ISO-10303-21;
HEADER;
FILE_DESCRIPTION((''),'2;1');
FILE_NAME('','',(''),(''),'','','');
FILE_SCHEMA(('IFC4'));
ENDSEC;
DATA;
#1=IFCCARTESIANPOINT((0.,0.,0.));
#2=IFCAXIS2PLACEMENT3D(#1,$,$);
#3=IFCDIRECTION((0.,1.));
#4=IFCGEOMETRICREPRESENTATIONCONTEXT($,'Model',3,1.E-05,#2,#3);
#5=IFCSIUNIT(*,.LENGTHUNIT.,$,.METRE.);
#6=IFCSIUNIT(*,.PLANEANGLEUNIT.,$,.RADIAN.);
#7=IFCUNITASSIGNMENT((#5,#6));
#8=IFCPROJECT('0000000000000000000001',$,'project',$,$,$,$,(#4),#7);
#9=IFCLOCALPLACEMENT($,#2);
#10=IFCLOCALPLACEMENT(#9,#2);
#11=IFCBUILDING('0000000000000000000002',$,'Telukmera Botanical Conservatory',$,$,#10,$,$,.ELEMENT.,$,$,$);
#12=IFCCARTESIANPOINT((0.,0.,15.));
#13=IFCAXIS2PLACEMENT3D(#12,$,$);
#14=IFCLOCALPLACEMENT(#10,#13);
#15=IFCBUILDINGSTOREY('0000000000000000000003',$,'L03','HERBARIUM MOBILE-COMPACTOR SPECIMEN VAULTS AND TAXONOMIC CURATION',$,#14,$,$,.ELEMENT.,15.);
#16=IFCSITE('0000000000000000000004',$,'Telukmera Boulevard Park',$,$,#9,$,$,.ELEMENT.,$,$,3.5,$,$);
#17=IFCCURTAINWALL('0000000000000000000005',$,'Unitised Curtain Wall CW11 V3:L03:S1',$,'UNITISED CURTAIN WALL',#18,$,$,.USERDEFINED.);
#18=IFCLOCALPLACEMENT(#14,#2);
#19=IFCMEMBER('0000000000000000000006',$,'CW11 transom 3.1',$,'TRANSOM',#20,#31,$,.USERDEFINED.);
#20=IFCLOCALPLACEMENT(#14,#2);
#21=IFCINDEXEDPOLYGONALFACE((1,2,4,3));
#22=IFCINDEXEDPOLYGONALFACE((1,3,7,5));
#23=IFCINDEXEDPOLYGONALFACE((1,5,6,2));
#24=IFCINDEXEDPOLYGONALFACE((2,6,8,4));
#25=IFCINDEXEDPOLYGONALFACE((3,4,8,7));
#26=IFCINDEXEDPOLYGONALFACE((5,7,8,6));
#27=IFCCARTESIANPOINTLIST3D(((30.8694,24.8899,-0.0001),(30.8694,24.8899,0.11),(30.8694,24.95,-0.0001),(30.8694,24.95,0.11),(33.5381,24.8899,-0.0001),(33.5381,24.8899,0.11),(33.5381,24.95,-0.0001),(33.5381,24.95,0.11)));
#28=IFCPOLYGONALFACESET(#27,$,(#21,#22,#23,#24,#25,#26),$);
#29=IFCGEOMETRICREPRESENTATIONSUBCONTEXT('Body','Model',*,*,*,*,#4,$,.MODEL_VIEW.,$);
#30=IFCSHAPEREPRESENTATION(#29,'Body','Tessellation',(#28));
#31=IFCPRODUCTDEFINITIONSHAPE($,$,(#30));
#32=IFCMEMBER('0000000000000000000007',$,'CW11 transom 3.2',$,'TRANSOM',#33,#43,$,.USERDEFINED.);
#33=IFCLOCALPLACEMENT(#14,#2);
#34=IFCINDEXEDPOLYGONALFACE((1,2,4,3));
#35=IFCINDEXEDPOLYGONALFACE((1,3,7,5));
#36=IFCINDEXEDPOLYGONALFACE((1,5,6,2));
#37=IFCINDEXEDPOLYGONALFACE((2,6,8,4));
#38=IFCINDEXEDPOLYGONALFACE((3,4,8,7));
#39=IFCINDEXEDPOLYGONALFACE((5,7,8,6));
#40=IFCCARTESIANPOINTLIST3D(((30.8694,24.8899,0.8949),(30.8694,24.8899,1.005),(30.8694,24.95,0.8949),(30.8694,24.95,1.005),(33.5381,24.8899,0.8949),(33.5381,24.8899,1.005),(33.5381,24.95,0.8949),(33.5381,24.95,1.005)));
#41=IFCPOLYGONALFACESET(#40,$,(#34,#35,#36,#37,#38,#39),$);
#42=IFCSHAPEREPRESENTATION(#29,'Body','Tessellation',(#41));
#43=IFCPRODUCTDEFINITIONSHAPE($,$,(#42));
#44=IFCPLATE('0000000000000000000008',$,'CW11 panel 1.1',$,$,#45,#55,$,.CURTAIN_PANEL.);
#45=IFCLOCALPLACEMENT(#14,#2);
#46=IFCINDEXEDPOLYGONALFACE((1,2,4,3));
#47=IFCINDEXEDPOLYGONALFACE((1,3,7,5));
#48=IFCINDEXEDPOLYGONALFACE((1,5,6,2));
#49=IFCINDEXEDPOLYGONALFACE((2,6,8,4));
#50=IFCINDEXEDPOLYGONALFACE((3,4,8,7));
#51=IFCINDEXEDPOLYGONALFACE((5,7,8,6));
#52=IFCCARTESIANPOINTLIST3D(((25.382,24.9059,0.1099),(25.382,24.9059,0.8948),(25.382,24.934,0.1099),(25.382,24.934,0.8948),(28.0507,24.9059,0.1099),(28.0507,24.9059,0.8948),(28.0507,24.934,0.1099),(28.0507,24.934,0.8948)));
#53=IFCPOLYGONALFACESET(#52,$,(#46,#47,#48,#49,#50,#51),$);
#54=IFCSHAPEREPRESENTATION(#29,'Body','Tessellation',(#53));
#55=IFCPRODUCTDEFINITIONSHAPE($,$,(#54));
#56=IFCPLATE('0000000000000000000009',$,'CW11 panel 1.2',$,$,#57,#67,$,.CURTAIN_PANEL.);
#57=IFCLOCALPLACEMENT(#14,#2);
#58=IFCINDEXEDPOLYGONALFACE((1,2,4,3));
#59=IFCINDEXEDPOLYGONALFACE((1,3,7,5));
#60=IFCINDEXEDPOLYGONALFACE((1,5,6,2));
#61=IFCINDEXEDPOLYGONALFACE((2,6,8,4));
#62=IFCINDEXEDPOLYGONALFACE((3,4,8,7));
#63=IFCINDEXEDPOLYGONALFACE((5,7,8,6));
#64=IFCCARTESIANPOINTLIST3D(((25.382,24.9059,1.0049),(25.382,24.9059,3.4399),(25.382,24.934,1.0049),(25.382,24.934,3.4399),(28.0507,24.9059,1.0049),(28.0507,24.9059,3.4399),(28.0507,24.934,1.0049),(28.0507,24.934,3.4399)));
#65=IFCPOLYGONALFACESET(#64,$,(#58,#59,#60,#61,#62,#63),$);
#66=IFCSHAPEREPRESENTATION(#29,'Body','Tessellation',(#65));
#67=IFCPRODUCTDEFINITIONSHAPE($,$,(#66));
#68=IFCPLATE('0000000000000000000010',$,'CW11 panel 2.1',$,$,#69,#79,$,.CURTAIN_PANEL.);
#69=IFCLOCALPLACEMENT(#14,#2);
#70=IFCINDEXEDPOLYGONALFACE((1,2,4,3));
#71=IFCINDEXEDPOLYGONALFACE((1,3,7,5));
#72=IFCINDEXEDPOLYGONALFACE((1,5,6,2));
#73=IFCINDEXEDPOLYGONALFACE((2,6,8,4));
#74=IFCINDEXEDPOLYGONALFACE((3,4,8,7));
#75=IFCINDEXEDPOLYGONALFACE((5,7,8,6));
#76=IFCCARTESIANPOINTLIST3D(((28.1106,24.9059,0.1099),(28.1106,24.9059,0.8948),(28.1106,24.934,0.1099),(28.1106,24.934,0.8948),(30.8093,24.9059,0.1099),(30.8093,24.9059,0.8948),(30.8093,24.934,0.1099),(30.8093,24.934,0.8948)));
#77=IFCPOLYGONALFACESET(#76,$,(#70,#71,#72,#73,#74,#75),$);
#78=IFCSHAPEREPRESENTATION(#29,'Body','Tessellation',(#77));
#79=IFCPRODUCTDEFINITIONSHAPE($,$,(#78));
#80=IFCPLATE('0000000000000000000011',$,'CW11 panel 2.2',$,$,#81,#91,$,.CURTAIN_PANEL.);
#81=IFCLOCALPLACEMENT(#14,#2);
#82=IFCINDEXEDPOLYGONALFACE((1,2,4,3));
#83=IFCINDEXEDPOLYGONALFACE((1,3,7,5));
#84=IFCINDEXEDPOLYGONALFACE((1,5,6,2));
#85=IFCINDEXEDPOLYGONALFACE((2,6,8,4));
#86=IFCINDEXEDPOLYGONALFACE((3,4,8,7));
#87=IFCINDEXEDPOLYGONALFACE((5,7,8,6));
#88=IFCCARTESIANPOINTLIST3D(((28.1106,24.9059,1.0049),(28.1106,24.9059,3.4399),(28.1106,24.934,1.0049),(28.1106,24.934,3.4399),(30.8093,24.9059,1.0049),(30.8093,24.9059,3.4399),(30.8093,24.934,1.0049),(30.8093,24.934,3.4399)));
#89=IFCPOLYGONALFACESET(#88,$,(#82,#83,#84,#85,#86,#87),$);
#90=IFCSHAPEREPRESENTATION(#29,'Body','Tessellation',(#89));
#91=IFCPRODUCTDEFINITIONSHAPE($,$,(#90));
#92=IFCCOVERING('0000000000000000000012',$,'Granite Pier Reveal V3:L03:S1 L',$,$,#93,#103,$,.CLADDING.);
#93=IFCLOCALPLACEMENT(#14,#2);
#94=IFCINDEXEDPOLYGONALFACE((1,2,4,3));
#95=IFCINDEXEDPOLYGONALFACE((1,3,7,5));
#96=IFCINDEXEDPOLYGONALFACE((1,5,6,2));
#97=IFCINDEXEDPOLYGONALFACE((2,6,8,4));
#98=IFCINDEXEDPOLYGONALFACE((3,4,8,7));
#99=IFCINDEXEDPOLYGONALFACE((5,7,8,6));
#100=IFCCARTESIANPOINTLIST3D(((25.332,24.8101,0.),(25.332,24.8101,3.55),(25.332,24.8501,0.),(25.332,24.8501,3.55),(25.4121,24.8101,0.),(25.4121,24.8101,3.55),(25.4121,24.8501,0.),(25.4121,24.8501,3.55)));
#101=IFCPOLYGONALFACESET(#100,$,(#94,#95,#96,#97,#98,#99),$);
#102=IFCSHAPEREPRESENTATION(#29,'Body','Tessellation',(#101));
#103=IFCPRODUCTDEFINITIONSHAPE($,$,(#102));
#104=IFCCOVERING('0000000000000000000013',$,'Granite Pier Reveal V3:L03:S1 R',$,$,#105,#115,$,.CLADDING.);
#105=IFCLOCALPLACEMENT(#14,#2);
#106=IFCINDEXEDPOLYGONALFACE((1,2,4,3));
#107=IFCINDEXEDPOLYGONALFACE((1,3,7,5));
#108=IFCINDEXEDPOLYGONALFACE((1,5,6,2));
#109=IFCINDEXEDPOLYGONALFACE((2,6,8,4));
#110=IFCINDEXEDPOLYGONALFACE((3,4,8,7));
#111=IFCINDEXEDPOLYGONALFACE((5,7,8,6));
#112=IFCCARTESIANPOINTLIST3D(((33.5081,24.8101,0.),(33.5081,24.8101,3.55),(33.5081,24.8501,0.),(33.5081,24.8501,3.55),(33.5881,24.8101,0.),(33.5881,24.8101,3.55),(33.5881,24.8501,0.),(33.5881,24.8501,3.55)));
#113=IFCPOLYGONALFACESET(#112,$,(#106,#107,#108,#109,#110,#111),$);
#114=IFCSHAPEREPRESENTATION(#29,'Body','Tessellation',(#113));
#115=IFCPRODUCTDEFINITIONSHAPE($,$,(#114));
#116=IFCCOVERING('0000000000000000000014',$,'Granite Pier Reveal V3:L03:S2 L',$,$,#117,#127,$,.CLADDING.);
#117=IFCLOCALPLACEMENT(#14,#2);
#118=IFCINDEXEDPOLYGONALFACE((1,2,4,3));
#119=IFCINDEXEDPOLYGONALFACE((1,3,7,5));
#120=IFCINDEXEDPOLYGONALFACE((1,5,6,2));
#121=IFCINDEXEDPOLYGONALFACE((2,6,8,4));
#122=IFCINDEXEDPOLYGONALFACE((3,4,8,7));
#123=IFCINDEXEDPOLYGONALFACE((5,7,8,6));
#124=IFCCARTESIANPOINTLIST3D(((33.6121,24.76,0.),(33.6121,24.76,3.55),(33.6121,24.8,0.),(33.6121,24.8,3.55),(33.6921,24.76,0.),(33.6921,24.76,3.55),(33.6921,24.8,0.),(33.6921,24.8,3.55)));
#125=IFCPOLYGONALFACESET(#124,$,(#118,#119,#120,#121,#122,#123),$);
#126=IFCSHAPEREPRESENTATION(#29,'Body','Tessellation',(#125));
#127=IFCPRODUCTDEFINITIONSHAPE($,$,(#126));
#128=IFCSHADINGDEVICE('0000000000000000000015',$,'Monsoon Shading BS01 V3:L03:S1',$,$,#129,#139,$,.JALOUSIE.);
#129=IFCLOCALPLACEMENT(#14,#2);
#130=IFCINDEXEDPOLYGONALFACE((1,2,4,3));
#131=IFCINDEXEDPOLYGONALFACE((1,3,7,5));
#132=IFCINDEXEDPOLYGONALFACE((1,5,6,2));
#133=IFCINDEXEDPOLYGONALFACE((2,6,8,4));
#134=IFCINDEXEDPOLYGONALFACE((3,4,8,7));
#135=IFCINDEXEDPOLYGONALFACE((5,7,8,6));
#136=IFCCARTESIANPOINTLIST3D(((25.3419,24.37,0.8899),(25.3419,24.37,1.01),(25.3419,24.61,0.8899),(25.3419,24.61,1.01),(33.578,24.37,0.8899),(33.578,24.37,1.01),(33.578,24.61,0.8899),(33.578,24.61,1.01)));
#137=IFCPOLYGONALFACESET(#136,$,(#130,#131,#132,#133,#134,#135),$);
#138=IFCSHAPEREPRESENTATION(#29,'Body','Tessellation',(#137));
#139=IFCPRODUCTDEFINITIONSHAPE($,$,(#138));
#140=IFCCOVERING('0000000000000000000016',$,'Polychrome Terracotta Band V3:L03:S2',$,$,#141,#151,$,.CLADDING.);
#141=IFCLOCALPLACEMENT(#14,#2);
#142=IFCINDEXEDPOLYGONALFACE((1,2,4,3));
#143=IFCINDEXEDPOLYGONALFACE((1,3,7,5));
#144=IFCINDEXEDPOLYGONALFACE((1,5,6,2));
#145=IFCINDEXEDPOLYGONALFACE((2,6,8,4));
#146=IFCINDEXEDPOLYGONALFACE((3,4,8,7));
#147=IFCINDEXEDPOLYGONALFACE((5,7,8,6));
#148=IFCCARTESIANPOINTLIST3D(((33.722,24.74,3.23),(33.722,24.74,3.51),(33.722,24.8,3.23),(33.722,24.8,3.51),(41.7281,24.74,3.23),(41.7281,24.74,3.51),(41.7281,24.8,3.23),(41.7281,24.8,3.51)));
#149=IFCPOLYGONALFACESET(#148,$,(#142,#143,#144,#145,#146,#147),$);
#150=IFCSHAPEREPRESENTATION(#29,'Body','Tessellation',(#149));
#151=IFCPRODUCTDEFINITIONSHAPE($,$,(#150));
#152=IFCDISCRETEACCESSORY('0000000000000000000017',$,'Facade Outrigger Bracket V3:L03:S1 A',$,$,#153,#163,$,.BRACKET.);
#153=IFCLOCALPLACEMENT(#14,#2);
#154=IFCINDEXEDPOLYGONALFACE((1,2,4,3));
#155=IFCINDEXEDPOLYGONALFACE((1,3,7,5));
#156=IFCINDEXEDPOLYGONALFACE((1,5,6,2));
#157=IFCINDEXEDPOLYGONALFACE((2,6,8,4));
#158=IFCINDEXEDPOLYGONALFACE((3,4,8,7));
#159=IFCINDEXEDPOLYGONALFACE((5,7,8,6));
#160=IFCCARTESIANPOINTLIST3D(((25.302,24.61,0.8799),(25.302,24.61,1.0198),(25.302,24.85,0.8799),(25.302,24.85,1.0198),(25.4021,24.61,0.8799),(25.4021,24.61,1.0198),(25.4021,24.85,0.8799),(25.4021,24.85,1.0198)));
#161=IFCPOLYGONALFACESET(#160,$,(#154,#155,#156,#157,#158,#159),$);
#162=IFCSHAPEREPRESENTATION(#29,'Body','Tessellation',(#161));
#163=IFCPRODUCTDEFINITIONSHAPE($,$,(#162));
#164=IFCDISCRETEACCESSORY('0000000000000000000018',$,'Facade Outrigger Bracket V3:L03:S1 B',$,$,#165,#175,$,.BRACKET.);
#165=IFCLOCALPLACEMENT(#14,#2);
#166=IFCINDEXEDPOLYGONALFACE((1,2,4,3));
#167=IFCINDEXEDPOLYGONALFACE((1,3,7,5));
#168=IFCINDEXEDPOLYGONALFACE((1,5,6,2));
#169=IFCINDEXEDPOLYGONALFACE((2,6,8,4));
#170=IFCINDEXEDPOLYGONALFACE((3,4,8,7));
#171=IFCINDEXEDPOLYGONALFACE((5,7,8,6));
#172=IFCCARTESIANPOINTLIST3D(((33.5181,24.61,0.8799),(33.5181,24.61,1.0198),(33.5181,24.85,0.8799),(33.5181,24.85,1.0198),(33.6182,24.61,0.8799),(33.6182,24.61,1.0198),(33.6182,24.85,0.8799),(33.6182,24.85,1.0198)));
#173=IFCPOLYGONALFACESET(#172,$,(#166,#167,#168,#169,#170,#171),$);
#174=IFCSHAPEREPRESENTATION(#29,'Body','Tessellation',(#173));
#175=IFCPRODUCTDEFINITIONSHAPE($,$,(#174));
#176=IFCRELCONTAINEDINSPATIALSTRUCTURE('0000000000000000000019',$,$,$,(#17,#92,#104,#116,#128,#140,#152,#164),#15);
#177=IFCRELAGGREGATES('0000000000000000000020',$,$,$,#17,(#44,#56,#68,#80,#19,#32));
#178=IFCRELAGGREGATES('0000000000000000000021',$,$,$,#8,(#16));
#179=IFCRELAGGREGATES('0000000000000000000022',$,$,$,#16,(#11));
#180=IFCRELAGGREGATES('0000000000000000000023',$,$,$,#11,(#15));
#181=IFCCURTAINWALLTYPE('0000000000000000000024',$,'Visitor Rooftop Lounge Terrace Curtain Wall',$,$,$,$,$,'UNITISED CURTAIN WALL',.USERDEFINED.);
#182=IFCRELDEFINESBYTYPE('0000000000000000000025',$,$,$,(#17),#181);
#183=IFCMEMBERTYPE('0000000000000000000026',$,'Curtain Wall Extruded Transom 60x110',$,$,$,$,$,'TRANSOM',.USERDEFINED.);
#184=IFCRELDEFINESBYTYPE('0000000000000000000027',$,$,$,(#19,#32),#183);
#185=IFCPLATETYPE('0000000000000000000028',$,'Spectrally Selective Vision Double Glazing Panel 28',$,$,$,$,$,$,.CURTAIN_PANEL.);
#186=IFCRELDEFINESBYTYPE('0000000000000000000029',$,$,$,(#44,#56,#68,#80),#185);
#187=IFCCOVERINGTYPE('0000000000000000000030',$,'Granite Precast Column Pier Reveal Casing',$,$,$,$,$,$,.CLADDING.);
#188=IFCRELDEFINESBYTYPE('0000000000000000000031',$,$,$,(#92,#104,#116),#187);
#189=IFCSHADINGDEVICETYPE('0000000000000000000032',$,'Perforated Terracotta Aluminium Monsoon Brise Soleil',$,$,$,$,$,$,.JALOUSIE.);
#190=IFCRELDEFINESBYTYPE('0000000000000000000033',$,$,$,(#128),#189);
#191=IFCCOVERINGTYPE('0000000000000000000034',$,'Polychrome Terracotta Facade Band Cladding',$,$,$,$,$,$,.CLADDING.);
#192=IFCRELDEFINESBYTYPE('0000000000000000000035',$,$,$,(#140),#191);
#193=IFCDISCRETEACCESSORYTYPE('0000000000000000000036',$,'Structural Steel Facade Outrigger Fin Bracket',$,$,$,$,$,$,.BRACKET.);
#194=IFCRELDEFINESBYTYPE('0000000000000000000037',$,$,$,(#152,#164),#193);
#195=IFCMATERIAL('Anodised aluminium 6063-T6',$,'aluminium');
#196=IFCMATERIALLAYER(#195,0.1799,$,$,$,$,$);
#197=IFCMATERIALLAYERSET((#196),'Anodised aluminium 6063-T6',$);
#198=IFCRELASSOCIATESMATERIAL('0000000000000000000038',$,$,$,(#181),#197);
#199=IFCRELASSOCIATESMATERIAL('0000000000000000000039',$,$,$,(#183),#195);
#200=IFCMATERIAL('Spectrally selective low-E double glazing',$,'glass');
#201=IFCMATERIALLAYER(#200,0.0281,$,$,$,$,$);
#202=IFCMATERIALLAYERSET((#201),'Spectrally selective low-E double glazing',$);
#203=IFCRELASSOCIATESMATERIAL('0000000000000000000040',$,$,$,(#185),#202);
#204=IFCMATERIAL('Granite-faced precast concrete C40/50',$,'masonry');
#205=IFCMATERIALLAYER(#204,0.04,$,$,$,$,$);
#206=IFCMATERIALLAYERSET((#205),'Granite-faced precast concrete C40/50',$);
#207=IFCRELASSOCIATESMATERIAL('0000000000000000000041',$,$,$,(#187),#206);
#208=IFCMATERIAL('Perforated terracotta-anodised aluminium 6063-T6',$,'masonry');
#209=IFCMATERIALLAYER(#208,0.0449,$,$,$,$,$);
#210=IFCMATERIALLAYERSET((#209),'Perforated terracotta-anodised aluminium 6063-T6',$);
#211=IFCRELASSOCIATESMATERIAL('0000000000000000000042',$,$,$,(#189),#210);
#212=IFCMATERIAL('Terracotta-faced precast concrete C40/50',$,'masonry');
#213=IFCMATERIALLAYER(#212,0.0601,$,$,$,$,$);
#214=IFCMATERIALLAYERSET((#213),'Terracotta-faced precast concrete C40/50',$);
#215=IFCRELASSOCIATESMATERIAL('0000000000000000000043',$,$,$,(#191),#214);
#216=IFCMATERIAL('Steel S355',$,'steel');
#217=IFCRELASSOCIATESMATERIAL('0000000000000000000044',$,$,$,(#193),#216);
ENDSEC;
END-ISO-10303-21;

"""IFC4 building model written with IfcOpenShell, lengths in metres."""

from ifc_helpers import new_model, si_unit, direction, frame, origin, origin_2d, place, context, subcontext, project, spatial, rectangle, extrude, material, layer, layer_set, material_profile, profile_set, type_object, element, aggregate, save


model = new_model("IFC4")

# Units and contexts
model_context = context("Model", 3, precision=1e-05, world=origin(), true_north=direction((0.0, 1.0)))
body_context = subcontext(model_context, "Body", "Model", "MODEL_VIEW")
ifc_project = project(units=[si_unit("LENGTHUNIT", "METRE"), si_unit("PLANEANGLEUNIT", "RADIAN")], contexts=[model_context])

# Site, building, storey
site_placement = place(None, origin())
site = spatial("IfcSite", under=ifc_project, at=site_placement, Name="Telukmera Boulevard Park", CompositionType="ELEMENT", RefElevation=3.5)
building_placement = place(site_placement, origin())
building = spatial("IfcBuilding", under=site, at=building_placement, Name="Telukmera Botanical Conservatory", CompositionType="ELEMENT")
storey_placement = place(building_placement, frame((0.0, 0.0, 15.0)))
storey = spatial("IfcBuildingStorey", under=building, at=storey_placement, Name="L03", Description="HERBARIUM MOBILE-COMPACTOR SPECIMEN VAULTS AND TAXONOMIC CURATION", CompositionType="ELEMENT", Elevation=15.0)

# Curtain wall, members, plates
ifc_material_1 = material(Name="Anodised aluminium 6063-T6", Category="aluminium")
ifc_layer_1 = layer(ifc_material_1, 0.1799)
ifc_layer_set_1 = layer_set([ifc_layer_1], Name="Anodised aluminium 6063-T6")
curtain_wall_type = type_object("IfcCurtainWallType", Name="Visitor Rooftop Lounge Terrace Curtain Wall", ElementType="UNITISED CURTAIN WALL", PredefinedType="USERDEFINED", material=ifc_layer_set_1)
curtain_wall_placement = place(storey_placement, origin())
curtain_wall = element("IfcCurtainWall", 1, at=curtain_wall_placement, inside=storey, type_object=curtain_wall_type, Name="Unitised Curtain Wall CW11 V3:L03:S1", ObjectType="UNITISED CURTAIN WALL", PredefinedType="USERDEFINED")
ifc_material_profile_1 = material_profile(ifc_material_1, rectangle(XDim=0.0601, YDim=0.1101, at=origin_2d()), Name="ALU TRAN 60x110")
ifc_profile_set_1 = profile_set([ifc_material_profile_1], Name="Anodised aluminium 6063-T6")
member_type_1 = type_object("IfcMemberType", Name="Curtain Wall Extruded Transom 60x110", ElementType="TRANSOM", PredefinedType="USERDEFINED", material=ifc_profile_set_1)
member_1_placement = place(storey_placement, frame((30.8694, 24.9199, 0.0549), z_axis=(1.0, 0.0, 0.0), x_axis=(0.0, 1.0, 0.0)))
member_1 = element("IfcMember", 2, at=member_1_placement, type_object=member_type_1, Name="CW11 transom 3.1", ObjectType="TRANSOM", PredefinedType="USERDEFINED", context=body_context, shape_type="SweptSolid", body=[
    extrude(rectangle(XDim=0.0601, YDim=0.1101, at=origin_2d()), origin(), (0.0, 0.0, 1.0), 2.6687),
])
member_2_placement = place(storey_placement, frame((30.8694, 24.9199, 0.95), z_axis=(1.0, 0.0, 0.0), x_axis=(0.0, 1.0, 0.0)))
member_2 = element("IfcMember", 3, at=member_2_placement, type_object=member_type_1, Name="CW11 transom 3.2", ObjectType="TRANSOM", PredefinedType="USERDEFINED", context=body_context, shape_type="SweptSolid", body=[
    extrude(rectangle(XDim=0.0601, YDim=0.1101, at=origin_2d()), origin(), (0.0, 0.0, 1.0), 2.6687),
])
ifc_material_2 = material(Name="Spectrally selective low-E double glazing", Category="glass")
ifc_layer_2 = layer(ifc_material_2, 0.0281)
ifc_layer_set_2 = layer_set([ifc_layer_2], Name="Spectrally selective low-E double glazing")
plate_type = type_object("IfcPlateType", Name="Spectrally Selective Vision Double Glazing Panel 28", PredefinedType="CURTAIN_PANEL", material=ifc_layer_set_2)
plate_1_placement = place(storey_placement, frame((26.7163, 24.9199, 0.1099), z_axis=(0.0, 0.0, 1.0), x_axis=(1.0, 0.0, 0.0)))
plate_1 = element("IfcPlate", 4, at=plate_1_placement, type_object=plate_type, Name="CW11 panel 1.1", PredefinedType="CURTAIN_PANEL", context=body_context, shape_type="SweptSolid", body=[
    extrude(rectangle(XDim=2.6687, YDim=0.0281, at=origin_2d()), origin(), (0.0, 0.0, 1.0), 0.7849),
])
plate_2_placement = place(storey_placement, frame((26.7163, 24.9199, 1.0049), z_axis=(0.0, 0.0, 1.0), x_axis=(1.0, 0.0, 0.0)))
plate_2 = element("IfcPlate", 5, at=plate_2_placement, type_object=plate_type, Name="CW11 panel 1.2", PredefinedType="CURTAIN_PANEL", context=body_context, shape_type="SweptSolid", body=[
    extrude(rectangle(XDim=2.6687, YDim=0.0281, at=origin_2d()), origin(), (0.0, 0.0, 1.0), 2.4351),
])
plate_3_placement = place(storey_placement, frame((29.46, 24.9199, 0.1099), z_axis=(0.0, 0.0, 1.0), x_axis=(1.0, 0.0, 0.0)))
plate_3 = element("IfcPlate", 6, at=plate_3_placement, type_object=plate_type, Name="CW11 panel 2.1", PredefinedType="CURTAIN_PANEL", context=body_context, shape_type="SweptSolid", body=[
    extrude(rectangle(XDim=2.6987, YDim=0.0281, at=origin_2d()), origin(), (0.0, 0.0, 1.0), 0.7849),
])
plate_4_placement = place(storey_placement, frame((29.46, 24.9199, 1.0049), z_axis=(0.0, 0.0, 1.0), x_axis=(1.0, 0.0, 0.0)))
plate_4 = element("IfcPlate", 7, at=plate_4_placement, type_object=plate_type, Name="CW11 panel 2.2", PredefinedType="CURTAIN_PANEL", context=body_context, shape_type="SweptSolid", body=[
    extrude(rectangle(XDim=2.6987, YDim=0.0281, at=origin_2d()), origin(), (0.0, 0.0, 1.0), 2.4351),
])
aggregate(curtain_wall, [plate_1, plate_2, plate_3, plate_4, member_1, member_2])

# Coverings
ifc_material_3 = material(Name="Granite-faced precast concrete C40/50", Category="masonry")
ifc_layer_3 = layer(ifc_material_3, 0.04)
ifc_layer_set_3 = layer_set([ifc_layer_3], Name="Granite-faced precast concrete C40/50")
covering_type_1 = type_object("IfcCoveringType", Name="Granite Precast Column Pier Reveal Casing", PredefinedType="CLADDING", material=ifc_layer_set_3)
for number, where, z_axis, x_axis, name in (
    (8, (25.3721, 24.8301, 0.0), (0.0, 0.0, 1.0), (1.0, 0.0, 0.0), "Granite Pier Reveal V3:L03:S1 L"),
    (9, (33.5481, 24.8301, 0.0), (0.0, 0.0, 1.0), (1.0, 0.0, 0.0), "Granite Pier Reveal V3:L03:S1 R"),
    (10, (33.6521, 24.78, 0.0), (0.0, 0.0, 1.0), (1.0, 0.0, 0.0), "Granite Pier Reveal V3:L03:S2 L"),
):
    element("IfcCovering", number, at=place(storey_placement, frame(where, z_axis=z_axis, x_axis=x_axis)), inside=storey, type_object=covering_type_1, Name=name, PredefinedType="CLADDING", context=body_context, shape_type="SweptSolid", body=[
        extrude(rectangle(XDim=0.0801, YDim=0.04, at=origin_2d()), origin(), (0.0, 0.0, 1.0), 3.55),
    ])

# Shading device
ifc_material_4 = material(Name="Perforated terracotta-anodised aluminium 6063-T6", Category="masonry")
ifc_layer_4 = layer(ifc_material_4, 0.0449)
ifc_layer_set_4 = layer_set([ifc_layer_4], Name="Perforated terracotta-anodised aluminium 6063-T6")
shading_device_type = type_object("IfcShadingDeviceType", Name="Perforated Terracotta Aluminium Monsoon Brise Soleil", PredefinedType="JALOUSIE", material=ifc_layer_set_4)
shading_device_placement = place(storey_placement, frame((29.46, 24.49, 0.8899), z_axis=(0.0, 0.0, 1.0), x_axis=(1.0, 0.0, 0.0)))
element("IfcShadingDevice", 11, at=shading_device_placement, inside=storey, type_object=shading_device_type, Name="Monsoon Shading BS01 V3:L03:S1", PredefinedType="JALOUSIE", context=body_context, shape_type="SweptSolid", body=[
    extrude(rectangle(XDim=8.2361, YDim=0.24, at=origin_2d()), origin(), (0.0, 0.0, 1.0), 0.1201),
])

# Covering
ifc_material_5 = material(Name="Terracotta-faced precast concrete C40/50", Category="masonry")
ifc_layer_5 = layer(ifc_material_5, 0.0601)
ifc_layer_set_5 = layer_set([ifc_layer_5], Name="Terracotta-faced precast concrete C40/50")
covering_type_2 = type_object("IfcCoveringType", Name="Polychrome Terracotta Facade Band Cladding", PredefinedType="CLADDING", material=ifc_layer_set_5)
covering_placement = place(storey_placement, frame((37.7251, 24.77, 3.23), z_axis=(0.0, 0.0, 1.0), x_axis=(1.0, 0.0, 0.0)))
element("IfcCovering", 12, at=covering_placement, inside=storey, type_object=covering_type_2, Name="Polychrome Terracotta Band V3:L03:S2", PredefinedType="CLADDING", context=body_context, shape_type="SweptSolid", body=[
    extrude(rectangle(XDim=8.0061, YDim=0.0601, at=origin_2d()), origin(), (0.0, 0.0, 1.0), 0.28),
])

# Discrete accessories
ifc_material_6 = material(Name="Steel S355", Category="steel")
discrete_accessory_type = type_object("IfcDiscreteAccessoryType", Name="Structural Steel Facade Outrigger Fin Bracket", PredefinedType="BRACKET", material=ifc_material_6)
for number, where, z_axis, x_axis, name in (
    (13, (25.3521, 24.73, 0.8799), (0.0, 0.0, 1.0), (1.0, 0.0, 0.0), "Facade Outrigger Bracket V3:L03:S1 A"),
    (14, (33.5681, 24.73, 0.8799), (0.0, 0.0, 1.0), (1.0, 0.0, 0.0), "Facade Outrigger Bracket V3:L03:S1 B"),
):
    element("IfcDiscreteAccessory", number, at=place(storey_placement, frame(where, z_axis=z_axis, x_axis=x_axis)), inside=storey, type_object=discrete_accessory_type, Name=name, PredefinedType="BRACKET", context=body_context, shape_type="SweptSolid", body=[
        extrude(rectangle(XDim=0.1001, YDim=0.24, at=origin_2d()), origin(), (0.0, 0.0, 1.0), 0.1399),
    ])

save(model, "model.ifc")
